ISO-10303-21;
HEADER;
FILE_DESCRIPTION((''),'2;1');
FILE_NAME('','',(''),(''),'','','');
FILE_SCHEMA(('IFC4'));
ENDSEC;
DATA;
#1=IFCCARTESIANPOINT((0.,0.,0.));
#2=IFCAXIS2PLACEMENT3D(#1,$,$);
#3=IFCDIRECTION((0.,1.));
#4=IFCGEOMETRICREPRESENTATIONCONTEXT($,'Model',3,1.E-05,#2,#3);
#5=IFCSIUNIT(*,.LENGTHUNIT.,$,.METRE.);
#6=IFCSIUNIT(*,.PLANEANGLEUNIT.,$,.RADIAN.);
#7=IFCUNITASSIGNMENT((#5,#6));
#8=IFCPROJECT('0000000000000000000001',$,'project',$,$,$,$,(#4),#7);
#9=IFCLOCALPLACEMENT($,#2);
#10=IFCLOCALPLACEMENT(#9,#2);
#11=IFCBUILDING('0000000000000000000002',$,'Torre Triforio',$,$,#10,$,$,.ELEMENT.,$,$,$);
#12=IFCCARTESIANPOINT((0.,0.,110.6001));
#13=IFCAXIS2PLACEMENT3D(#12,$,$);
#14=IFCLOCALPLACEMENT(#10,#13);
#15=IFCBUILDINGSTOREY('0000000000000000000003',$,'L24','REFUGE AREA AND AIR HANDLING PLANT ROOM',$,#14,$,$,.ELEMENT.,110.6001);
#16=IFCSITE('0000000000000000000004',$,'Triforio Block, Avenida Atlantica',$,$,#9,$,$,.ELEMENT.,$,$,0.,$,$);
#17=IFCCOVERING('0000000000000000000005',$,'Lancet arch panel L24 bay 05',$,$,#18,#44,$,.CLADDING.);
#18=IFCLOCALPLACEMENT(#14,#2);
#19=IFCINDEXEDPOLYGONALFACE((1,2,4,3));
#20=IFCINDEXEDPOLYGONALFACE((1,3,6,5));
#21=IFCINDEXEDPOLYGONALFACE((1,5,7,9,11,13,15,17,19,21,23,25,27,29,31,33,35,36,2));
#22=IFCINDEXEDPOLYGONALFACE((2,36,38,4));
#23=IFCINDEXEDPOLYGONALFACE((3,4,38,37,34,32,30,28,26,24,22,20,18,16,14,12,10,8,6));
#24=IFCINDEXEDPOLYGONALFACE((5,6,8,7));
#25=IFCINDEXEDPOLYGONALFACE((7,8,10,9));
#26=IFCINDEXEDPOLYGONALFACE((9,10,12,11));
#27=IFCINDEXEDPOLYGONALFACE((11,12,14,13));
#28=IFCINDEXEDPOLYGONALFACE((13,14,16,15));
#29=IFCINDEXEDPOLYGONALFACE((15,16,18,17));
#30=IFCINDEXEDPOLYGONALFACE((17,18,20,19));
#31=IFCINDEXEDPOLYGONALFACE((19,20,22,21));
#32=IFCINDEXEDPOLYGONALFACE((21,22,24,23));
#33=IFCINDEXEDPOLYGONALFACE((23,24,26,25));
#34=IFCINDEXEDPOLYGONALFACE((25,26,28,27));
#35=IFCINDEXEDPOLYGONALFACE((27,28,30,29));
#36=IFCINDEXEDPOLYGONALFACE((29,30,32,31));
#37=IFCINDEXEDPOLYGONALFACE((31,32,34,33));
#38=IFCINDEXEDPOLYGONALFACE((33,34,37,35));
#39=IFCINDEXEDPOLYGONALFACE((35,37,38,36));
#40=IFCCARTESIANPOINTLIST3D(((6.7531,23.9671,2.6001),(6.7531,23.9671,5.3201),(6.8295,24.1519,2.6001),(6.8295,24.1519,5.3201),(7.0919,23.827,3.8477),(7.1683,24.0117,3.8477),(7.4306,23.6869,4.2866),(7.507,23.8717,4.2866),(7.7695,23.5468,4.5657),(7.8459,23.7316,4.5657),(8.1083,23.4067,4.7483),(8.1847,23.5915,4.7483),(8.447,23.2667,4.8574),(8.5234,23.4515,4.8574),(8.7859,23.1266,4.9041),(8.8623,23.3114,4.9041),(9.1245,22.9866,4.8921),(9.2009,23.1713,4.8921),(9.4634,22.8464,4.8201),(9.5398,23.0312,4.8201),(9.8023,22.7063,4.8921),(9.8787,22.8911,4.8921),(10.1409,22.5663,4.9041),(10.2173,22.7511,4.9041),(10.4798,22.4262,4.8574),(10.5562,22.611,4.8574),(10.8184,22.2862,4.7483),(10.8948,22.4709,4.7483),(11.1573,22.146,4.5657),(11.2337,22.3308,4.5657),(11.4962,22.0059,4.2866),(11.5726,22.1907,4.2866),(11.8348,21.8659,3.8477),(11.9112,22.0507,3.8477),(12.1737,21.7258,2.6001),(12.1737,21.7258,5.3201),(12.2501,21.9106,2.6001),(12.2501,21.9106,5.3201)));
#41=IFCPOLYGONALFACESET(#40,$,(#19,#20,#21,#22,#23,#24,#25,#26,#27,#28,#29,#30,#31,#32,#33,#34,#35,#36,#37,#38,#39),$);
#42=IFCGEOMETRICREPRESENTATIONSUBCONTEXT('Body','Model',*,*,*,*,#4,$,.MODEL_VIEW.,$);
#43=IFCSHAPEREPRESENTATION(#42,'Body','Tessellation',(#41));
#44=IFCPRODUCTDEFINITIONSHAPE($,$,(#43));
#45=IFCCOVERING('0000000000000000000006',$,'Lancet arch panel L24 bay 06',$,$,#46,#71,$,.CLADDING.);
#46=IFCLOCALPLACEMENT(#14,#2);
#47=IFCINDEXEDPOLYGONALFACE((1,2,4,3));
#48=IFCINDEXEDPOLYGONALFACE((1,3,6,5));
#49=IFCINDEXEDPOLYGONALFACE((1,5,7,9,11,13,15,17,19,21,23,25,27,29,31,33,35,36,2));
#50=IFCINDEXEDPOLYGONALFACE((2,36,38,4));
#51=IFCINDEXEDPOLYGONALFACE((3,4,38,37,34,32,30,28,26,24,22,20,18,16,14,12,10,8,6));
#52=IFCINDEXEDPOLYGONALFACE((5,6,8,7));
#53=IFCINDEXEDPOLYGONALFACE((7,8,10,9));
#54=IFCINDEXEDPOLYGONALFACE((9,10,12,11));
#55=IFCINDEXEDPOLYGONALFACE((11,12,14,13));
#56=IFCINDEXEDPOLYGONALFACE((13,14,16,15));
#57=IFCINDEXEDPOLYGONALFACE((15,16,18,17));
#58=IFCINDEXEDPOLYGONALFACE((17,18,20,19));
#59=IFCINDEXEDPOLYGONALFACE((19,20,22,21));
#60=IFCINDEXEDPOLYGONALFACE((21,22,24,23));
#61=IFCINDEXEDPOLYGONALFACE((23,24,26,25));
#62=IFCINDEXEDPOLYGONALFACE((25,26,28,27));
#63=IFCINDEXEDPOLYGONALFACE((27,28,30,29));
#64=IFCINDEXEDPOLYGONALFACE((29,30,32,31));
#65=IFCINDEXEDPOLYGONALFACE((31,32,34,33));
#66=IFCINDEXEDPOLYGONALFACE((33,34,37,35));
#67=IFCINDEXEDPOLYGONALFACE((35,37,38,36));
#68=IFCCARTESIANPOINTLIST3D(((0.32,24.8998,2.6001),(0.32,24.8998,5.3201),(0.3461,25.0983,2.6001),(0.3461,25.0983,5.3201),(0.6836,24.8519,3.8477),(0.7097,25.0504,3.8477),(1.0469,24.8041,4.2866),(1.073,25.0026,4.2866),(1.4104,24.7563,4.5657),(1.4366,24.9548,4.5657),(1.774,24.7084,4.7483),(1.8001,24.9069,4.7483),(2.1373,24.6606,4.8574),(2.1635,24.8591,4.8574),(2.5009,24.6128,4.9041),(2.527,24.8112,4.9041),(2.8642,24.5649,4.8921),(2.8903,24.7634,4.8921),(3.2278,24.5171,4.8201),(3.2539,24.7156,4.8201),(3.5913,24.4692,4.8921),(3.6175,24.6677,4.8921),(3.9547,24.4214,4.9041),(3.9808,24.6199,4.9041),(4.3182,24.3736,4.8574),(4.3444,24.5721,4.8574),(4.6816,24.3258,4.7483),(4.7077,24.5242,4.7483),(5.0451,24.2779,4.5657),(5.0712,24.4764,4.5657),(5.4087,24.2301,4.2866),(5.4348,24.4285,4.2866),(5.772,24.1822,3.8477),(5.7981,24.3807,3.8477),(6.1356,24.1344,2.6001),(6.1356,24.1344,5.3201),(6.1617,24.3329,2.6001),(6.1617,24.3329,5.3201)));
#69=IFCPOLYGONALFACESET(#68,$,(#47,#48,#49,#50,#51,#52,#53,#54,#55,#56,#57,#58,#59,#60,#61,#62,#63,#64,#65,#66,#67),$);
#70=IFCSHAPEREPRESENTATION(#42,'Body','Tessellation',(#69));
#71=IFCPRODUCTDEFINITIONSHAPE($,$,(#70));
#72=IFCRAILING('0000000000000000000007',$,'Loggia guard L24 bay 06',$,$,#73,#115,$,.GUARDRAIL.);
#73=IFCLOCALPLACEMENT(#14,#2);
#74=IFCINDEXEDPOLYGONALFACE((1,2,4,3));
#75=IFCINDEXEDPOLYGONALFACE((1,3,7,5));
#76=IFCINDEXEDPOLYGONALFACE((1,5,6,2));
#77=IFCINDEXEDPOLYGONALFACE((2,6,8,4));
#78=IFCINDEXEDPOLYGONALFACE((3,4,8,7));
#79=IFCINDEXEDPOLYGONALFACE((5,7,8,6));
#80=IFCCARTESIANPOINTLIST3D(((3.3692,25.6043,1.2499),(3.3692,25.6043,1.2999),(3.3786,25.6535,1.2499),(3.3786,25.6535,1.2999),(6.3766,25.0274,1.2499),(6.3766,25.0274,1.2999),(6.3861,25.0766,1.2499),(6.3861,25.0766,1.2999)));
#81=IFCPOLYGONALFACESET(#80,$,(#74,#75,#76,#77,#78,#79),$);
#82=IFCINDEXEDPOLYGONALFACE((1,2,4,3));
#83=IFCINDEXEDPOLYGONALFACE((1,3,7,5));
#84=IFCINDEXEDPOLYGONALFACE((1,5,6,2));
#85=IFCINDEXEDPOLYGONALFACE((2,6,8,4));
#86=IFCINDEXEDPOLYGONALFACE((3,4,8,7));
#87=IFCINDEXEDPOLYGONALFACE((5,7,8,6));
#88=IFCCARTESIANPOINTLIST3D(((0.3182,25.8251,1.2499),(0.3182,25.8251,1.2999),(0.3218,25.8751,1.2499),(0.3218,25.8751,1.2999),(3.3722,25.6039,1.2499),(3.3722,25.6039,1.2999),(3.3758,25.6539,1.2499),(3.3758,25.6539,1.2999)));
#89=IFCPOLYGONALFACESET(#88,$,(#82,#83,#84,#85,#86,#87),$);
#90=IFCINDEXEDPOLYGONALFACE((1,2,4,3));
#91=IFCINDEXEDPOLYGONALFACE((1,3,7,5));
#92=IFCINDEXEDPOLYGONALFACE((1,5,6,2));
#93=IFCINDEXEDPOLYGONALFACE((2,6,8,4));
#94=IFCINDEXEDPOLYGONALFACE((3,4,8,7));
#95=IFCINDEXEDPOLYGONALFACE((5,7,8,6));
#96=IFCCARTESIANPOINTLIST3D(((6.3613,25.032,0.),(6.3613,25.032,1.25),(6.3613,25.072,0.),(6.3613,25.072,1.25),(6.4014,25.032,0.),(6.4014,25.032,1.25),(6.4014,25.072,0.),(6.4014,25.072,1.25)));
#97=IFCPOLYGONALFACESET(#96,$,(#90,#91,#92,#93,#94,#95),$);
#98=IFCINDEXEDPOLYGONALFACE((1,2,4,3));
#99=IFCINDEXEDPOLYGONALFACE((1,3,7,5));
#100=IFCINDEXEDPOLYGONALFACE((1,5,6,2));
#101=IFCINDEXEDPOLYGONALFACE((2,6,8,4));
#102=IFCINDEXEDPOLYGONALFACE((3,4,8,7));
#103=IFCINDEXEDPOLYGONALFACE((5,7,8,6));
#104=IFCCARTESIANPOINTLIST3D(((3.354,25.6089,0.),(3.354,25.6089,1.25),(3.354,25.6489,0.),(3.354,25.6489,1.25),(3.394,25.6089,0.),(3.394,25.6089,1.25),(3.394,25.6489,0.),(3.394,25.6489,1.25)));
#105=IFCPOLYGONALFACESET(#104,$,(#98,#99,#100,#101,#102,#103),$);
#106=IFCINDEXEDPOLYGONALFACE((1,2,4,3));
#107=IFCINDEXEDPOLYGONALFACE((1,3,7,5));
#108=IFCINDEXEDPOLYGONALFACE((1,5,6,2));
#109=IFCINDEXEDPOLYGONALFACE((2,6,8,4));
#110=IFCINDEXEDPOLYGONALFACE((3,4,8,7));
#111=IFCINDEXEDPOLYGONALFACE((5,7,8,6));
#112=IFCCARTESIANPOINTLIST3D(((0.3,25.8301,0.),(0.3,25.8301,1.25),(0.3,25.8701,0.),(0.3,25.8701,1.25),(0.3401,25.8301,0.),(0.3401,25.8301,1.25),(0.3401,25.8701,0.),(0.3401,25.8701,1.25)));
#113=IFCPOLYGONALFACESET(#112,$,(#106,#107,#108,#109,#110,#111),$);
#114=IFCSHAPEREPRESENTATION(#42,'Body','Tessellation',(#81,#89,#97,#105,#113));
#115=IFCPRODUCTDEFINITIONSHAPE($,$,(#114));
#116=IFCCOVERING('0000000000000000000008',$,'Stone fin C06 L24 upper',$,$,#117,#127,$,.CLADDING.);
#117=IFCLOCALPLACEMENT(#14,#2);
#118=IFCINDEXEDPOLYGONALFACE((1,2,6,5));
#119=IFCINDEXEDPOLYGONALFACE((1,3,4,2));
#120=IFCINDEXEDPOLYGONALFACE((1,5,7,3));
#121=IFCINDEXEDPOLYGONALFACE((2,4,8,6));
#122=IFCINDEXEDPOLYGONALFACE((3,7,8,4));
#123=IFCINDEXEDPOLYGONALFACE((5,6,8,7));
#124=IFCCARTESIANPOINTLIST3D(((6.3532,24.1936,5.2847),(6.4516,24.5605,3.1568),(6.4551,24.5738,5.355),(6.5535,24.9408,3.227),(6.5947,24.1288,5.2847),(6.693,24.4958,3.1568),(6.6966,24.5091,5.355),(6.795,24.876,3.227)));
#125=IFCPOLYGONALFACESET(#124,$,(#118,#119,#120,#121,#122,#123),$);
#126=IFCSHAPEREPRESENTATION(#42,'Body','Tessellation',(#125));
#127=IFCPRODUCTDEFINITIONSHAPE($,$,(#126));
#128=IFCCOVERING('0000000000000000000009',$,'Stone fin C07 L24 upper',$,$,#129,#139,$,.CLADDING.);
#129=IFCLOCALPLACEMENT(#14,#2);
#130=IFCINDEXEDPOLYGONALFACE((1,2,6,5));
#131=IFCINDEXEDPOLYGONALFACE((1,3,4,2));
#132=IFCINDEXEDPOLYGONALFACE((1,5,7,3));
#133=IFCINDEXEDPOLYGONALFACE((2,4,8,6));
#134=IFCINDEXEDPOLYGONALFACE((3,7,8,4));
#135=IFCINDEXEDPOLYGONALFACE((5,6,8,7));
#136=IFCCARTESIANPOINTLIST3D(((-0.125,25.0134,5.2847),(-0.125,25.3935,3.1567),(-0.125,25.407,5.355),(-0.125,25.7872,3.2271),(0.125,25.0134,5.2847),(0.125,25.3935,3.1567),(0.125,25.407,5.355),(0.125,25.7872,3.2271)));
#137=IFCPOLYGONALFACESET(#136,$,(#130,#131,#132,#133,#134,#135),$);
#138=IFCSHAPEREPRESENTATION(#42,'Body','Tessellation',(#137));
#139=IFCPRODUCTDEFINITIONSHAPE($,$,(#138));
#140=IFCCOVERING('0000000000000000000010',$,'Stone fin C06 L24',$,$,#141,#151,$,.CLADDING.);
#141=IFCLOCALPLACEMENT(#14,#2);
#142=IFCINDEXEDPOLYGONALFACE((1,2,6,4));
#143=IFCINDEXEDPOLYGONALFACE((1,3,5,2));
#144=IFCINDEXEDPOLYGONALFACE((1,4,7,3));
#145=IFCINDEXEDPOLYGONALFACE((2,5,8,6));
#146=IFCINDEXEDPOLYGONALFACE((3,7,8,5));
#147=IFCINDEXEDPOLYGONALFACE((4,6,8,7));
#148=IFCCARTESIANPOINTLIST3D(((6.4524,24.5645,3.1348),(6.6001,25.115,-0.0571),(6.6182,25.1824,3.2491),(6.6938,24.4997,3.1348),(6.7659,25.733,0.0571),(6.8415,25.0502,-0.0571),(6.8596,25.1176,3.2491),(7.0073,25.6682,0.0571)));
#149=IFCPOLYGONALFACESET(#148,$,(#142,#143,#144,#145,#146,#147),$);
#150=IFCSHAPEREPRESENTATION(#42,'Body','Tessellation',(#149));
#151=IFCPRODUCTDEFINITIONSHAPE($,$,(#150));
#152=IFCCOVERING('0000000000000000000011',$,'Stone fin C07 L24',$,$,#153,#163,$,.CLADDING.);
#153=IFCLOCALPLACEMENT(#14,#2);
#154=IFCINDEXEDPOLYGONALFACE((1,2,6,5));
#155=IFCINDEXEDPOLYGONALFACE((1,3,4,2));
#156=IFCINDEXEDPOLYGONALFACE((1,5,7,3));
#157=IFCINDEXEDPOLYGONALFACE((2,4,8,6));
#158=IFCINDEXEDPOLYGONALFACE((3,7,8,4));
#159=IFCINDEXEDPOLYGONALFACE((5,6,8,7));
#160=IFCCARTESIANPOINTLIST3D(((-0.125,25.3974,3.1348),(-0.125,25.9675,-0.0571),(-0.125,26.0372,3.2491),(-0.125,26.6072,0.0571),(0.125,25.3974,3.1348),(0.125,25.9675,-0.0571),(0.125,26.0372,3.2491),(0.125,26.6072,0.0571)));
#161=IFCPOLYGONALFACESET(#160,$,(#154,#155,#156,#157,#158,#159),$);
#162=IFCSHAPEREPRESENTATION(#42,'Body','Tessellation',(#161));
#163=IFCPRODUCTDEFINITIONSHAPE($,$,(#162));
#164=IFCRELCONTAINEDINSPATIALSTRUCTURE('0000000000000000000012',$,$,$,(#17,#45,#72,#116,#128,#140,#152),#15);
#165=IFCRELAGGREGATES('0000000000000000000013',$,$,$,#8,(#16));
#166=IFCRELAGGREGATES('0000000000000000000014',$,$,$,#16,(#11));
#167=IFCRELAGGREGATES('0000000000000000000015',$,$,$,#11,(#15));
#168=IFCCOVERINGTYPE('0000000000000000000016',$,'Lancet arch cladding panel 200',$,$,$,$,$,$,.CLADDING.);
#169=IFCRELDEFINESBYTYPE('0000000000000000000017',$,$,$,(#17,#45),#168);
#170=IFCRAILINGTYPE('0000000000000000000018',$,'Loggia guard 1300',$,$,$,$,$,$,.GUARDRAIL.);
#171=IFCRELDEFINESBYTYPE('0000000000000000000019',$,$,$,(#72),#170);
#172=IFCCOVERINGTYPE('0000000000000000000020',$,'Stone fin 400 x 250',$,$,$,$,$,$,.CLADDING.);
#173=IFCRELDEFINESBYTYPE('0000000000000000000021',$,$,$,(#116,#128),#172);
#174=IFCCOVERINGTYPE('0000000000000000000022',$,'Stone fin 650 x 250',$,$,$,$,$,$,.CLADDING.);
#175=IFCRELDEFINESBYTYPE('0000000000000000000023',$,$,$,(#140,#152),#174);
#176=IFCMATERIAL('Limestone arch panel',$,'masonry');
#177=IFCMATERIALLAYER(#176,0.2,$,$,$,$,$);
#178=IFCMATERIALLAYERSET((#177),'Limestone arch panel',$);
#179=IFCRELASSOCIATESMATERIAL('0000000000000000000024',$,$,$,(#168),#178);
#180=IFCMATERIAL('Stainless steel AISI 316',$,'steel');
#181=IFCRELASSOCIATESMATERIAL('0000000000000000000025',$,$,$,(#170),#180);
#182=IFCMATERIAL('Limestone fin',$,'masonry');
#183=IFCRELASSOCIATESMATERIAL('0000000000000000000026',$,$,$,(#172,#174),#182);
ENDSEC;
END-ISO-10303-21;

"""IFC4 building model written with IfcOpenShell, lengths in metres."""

from ifc_helpers import new_model, si_unit, direction, frame, origin, origin_2d, place, context, subcontext, project, spatial, polyline, rectangle, outline, extrude, material, layer, layer_set, material_profile, profile_set, type_object, element, save


model = new_model("IFC4")

# Units and contexts
model_context = context("Model", 3, precision=1e-05, world=origin(), true_north=direction((0.0, 1.0)))
body_context = subcontext(model_context, "Body", "Model", "MODEL_VIEW")
ifc_project = project(units=[si_unit("LENGTHUNIT", "METRE"), si_unit("PLANEANGLEUNIT", "RADIAN")], contexts=[model_context])

# Site, building, storey
site_placement = place(None, origin())
site = spatial("IfcSite", under=ifc_project, at=site_placement, Name="Triforio Block, Avenida Atlantica", CompositionType="ELEMENT", RefElevation=0.0)
building_placement = place(site_placement, origin())
building = spatial("IfcBuilding", under=site, at=building_placement, Name="Torre Triforio", CompositionType="ELEMENT")
storey_placement = place(building_placement, frame((0.0, 0.0, 110.6001)))
storey = spatial("IfcBuildingStorey", under=building, at=storey_placement, Name="L24", Description="REFUGE AREA AND AIR HANDLING PLANT ROOM", CompositionType="ELEMENT", Elevation=110.6001)

# Coverings
ifc_material_1 = material(Name="Limestone arch panel", Category="masonry")
ifc_layer_1 = layer(ifc_material_1, 0.2)
ifc_layer_set_1 = layer_set([ifc_layer_1], Name="Limestone arch panel")
covering_type_1 = type_object("IfcCoveringType", Name="Lancet arch cladding panel 200", PredefinedType="CLADDING", material=ifc_layer_set_1)
covering_1_placement = place(storey_placement, frame((9.4634, 22.8464, 0.0), z_axis=(0.3821, 0.924121, 0.0), x_axis=(-0.924121, 0.3821, 0.0)))
element("IfcCovering", 1, at=covering_1_placement, inside=storey, type_object=covering_type_1, Name="Lancet arch panel L24 bay 05", PredefinedType="CLADDING", context=body_context, shape_type="SweptSolid", body=[
    extrude(outline(polyline([(-2.9329, 5.3201), (-2.9329, 2.6001), (-2.5662, 3.8477), (-2.1997, 4.2866), (-1.833, 4.5657), (-1.4663, 4.7483), (-1.0999, 4.8574), (-0.7332, 4.9041), (-0.3667, 4.8921), (0.0, 4.8201), (0.3667, 4.8921), (0.7332, 4.9041), (1.0999, 4.8574), (1.4663, 4.7483), (1.833, 4.5657), (2.1997, 4.2866), (2.5662, 3.8477), (2.9329, 2.6001), (2.9329, 5.3201), (-2.9329, 5.3201)])), origin(), (0.0, 0.0, 1.0), 0.2),
])
covering_2_placement = place(storey_placement, frame((3.2278, 24.5171, 0.0), z_axis=(0.130486, 0.99145, 0.0), x_axis=(-0.99145, 0.130486, 0.0)))
element("IfcCovering", 2, at=covering_2_placement, inside=storey, type_object=covering_type_1, Name="Lancet arch panel L24 bay 06", PredefinedType="CLADDING", context=body_context, shape_type="SweptSolid", body=[
    extrude(outline(polyline([(-2.9329, 5.3201), (-2.9329, 2.6001), (-2.5662, 3.8477), (-2.1997, 4.2866), (-1.833, 4.5657), (-1.4663, 4.7483), (-1.0999, 4.8574), (-0.7332, 4.9041), (-0.3667, 4.8921), (0.0, 4.8201), (0.3667, 4.8921), (0.7332, 4.9041), (1.0999, 4.8574), (1.4663, 4.7483), (1.833, 4.5657), (2.1997, 4.2866), (2.5662, 3.8477), (2.9329, 2.6001), (2.9329, 5.3201), (-2.9329, 5.3201)])), origin(), (0.0, 0.0, 1.0), 0.2002),
])

# Railing
ifc_material_2 = material(Name="Stainless steel AISI 316", Category="steel")
railing_type = type_object("IfcRailingType", Name="Loggia guard 1300", PredefinedType="GUARDRAIL", material=ifc_material_2)
railing_placement = place(storey_placement, frame((6.3813, 25.052, 0.0)))
element("IfcRailing", 3, at=railing_placement, inside=storey, type_object=railing_type, Name="Loggia guard L24 bay 06", PredefinedType="GUARDRAIL", context=body_context, shape_type="SweptSolid", body=[
    extrude(rectangle(XDim=0.05, YDim=0.05, at=origin_2d()), frame((0.0, 0.0, 1.2749), z_axis=(-0.982093, 0.188398, 0.0), x_axis=(-0.188398, -0.982093, 0.0)), (0.0, 0.0, 1.0), 3.0623),
    extrude(rectangle(XDim=0.05, YDim=0.05, at=origin_2d()), frame((-3.0073, 0.5769, 1.2749), z_axis=(-0.997387, 0.072239, 0.0), x_axis=(-0.072239, -0.997387, 0.0)), (0.0, 0.0, 1.0), 3.062),
    extrude(rectangle(XDim=0.04, YDim=0.04, at=origin_2d()), origin(), (0.0, 0.0, 1.0), 1.25),
    extrude(rectangle(XDim=0.04, YDim=0.04, at=origin_2d()), frame((-3.0073, 0.5769, 0.0)), (0.0, 0.0, 1.0), 1.25),
    extrude(rectangle(XDim=0.04, YDim=0.04, at=origin_2d()), frame((-6.0613, 0.7981, 0.0)), (0.0, 0.0, 1.0), 1.25),
])

# Coverings
ifc_material_3 = material(Name="Limestone fin", Category="masonry")
ifc_material_profile_1 = material_profile(ifc_material_3, rectangle(XDim=0.3999, YDim=0.25, at=origin_2d()), Name="FIN 400x250")
ifc_profile_set_1 = profile_set([ifc_material_profile_1], Name="Limestone fin")
covering_type_2 = type_object("IfcCoveringType", Name="Stone fin 400 x 250", PredefinedType="CLADDING", material=ifc_profile_set_1)
for number, where, z_axis, x_axis, name in (
    (4, (6.6233, 24.7183, 3.1919), (-0.045517, -0.169757, 0.984434), (0.254951, 0.950847, 0.175754), "Stone fin C06 L24 upper"),
    (5, (0.0, 25.5903, 3.1919), (0.0, -0.175853, 0.984416), (0.0, 0.984416, 0.175853), "Stone fin C07 L24 upper"),
):
    element("IfcCovering", number, at=place(storey_placement, frame(where, z_axis=z_axis, x_axis=x_axis)), inside=storey, type_object=covering_type_2, Name=name, PredefinedType="CLADDING", context=body_context, shape_type="SweptSolid", body=[
        extrude(rectangle(XDim=0.3999, YDim=0.25, at=origin_2d()), origin(), (0.0, 0.0, 1.0), 2.1616),
    ])
ifc_material_profile_2 = material_profile(ifc_material_3, rectangle(XDim=0.6499, YDim=0.25, at=origin_2d()), Name="FIN 650x250")
ifc_profile_set_2 = profile_set([ifc_material_profile_2], Name="Limestone fin")
covering_type_3 = type_object("IfcCoveringType", Name="Stone fin 650 x 250", PredefinedType="CLADDING", material=ifc_profile_set_2)
for number, where, z_axis, x_axis, name in (
    (6, (6.8037, 25.3916, 0.0), (-0.045554, -0.169794, 0.984426), (0.255093, 0.950801, 0.175798), "Stone fin C06 L24"),
    (7, (0.0, 26.2874, 0.0), (0.0, -0.175817, 0.984423), (0.0, 0.984423, 0.175817), "Stone fin C07 L24"),
):
    element("IfcCovering", number, at=place(storey_placement, frame(where, z_axis=z_axis, x_axis=x_axis)), inside=storey, type_object=covering_type_3, Name=name, PredefinedType="CLADDING", context=body_context, shape_type="SweptSolid", body=[
        extrude(rectangle(XDim=0.6499, YDim=0.25, at=origin_2d()), origin(), (0.0, 0.0, 1.0), 3.2424),
    ])

save(model, "model.ifc")
